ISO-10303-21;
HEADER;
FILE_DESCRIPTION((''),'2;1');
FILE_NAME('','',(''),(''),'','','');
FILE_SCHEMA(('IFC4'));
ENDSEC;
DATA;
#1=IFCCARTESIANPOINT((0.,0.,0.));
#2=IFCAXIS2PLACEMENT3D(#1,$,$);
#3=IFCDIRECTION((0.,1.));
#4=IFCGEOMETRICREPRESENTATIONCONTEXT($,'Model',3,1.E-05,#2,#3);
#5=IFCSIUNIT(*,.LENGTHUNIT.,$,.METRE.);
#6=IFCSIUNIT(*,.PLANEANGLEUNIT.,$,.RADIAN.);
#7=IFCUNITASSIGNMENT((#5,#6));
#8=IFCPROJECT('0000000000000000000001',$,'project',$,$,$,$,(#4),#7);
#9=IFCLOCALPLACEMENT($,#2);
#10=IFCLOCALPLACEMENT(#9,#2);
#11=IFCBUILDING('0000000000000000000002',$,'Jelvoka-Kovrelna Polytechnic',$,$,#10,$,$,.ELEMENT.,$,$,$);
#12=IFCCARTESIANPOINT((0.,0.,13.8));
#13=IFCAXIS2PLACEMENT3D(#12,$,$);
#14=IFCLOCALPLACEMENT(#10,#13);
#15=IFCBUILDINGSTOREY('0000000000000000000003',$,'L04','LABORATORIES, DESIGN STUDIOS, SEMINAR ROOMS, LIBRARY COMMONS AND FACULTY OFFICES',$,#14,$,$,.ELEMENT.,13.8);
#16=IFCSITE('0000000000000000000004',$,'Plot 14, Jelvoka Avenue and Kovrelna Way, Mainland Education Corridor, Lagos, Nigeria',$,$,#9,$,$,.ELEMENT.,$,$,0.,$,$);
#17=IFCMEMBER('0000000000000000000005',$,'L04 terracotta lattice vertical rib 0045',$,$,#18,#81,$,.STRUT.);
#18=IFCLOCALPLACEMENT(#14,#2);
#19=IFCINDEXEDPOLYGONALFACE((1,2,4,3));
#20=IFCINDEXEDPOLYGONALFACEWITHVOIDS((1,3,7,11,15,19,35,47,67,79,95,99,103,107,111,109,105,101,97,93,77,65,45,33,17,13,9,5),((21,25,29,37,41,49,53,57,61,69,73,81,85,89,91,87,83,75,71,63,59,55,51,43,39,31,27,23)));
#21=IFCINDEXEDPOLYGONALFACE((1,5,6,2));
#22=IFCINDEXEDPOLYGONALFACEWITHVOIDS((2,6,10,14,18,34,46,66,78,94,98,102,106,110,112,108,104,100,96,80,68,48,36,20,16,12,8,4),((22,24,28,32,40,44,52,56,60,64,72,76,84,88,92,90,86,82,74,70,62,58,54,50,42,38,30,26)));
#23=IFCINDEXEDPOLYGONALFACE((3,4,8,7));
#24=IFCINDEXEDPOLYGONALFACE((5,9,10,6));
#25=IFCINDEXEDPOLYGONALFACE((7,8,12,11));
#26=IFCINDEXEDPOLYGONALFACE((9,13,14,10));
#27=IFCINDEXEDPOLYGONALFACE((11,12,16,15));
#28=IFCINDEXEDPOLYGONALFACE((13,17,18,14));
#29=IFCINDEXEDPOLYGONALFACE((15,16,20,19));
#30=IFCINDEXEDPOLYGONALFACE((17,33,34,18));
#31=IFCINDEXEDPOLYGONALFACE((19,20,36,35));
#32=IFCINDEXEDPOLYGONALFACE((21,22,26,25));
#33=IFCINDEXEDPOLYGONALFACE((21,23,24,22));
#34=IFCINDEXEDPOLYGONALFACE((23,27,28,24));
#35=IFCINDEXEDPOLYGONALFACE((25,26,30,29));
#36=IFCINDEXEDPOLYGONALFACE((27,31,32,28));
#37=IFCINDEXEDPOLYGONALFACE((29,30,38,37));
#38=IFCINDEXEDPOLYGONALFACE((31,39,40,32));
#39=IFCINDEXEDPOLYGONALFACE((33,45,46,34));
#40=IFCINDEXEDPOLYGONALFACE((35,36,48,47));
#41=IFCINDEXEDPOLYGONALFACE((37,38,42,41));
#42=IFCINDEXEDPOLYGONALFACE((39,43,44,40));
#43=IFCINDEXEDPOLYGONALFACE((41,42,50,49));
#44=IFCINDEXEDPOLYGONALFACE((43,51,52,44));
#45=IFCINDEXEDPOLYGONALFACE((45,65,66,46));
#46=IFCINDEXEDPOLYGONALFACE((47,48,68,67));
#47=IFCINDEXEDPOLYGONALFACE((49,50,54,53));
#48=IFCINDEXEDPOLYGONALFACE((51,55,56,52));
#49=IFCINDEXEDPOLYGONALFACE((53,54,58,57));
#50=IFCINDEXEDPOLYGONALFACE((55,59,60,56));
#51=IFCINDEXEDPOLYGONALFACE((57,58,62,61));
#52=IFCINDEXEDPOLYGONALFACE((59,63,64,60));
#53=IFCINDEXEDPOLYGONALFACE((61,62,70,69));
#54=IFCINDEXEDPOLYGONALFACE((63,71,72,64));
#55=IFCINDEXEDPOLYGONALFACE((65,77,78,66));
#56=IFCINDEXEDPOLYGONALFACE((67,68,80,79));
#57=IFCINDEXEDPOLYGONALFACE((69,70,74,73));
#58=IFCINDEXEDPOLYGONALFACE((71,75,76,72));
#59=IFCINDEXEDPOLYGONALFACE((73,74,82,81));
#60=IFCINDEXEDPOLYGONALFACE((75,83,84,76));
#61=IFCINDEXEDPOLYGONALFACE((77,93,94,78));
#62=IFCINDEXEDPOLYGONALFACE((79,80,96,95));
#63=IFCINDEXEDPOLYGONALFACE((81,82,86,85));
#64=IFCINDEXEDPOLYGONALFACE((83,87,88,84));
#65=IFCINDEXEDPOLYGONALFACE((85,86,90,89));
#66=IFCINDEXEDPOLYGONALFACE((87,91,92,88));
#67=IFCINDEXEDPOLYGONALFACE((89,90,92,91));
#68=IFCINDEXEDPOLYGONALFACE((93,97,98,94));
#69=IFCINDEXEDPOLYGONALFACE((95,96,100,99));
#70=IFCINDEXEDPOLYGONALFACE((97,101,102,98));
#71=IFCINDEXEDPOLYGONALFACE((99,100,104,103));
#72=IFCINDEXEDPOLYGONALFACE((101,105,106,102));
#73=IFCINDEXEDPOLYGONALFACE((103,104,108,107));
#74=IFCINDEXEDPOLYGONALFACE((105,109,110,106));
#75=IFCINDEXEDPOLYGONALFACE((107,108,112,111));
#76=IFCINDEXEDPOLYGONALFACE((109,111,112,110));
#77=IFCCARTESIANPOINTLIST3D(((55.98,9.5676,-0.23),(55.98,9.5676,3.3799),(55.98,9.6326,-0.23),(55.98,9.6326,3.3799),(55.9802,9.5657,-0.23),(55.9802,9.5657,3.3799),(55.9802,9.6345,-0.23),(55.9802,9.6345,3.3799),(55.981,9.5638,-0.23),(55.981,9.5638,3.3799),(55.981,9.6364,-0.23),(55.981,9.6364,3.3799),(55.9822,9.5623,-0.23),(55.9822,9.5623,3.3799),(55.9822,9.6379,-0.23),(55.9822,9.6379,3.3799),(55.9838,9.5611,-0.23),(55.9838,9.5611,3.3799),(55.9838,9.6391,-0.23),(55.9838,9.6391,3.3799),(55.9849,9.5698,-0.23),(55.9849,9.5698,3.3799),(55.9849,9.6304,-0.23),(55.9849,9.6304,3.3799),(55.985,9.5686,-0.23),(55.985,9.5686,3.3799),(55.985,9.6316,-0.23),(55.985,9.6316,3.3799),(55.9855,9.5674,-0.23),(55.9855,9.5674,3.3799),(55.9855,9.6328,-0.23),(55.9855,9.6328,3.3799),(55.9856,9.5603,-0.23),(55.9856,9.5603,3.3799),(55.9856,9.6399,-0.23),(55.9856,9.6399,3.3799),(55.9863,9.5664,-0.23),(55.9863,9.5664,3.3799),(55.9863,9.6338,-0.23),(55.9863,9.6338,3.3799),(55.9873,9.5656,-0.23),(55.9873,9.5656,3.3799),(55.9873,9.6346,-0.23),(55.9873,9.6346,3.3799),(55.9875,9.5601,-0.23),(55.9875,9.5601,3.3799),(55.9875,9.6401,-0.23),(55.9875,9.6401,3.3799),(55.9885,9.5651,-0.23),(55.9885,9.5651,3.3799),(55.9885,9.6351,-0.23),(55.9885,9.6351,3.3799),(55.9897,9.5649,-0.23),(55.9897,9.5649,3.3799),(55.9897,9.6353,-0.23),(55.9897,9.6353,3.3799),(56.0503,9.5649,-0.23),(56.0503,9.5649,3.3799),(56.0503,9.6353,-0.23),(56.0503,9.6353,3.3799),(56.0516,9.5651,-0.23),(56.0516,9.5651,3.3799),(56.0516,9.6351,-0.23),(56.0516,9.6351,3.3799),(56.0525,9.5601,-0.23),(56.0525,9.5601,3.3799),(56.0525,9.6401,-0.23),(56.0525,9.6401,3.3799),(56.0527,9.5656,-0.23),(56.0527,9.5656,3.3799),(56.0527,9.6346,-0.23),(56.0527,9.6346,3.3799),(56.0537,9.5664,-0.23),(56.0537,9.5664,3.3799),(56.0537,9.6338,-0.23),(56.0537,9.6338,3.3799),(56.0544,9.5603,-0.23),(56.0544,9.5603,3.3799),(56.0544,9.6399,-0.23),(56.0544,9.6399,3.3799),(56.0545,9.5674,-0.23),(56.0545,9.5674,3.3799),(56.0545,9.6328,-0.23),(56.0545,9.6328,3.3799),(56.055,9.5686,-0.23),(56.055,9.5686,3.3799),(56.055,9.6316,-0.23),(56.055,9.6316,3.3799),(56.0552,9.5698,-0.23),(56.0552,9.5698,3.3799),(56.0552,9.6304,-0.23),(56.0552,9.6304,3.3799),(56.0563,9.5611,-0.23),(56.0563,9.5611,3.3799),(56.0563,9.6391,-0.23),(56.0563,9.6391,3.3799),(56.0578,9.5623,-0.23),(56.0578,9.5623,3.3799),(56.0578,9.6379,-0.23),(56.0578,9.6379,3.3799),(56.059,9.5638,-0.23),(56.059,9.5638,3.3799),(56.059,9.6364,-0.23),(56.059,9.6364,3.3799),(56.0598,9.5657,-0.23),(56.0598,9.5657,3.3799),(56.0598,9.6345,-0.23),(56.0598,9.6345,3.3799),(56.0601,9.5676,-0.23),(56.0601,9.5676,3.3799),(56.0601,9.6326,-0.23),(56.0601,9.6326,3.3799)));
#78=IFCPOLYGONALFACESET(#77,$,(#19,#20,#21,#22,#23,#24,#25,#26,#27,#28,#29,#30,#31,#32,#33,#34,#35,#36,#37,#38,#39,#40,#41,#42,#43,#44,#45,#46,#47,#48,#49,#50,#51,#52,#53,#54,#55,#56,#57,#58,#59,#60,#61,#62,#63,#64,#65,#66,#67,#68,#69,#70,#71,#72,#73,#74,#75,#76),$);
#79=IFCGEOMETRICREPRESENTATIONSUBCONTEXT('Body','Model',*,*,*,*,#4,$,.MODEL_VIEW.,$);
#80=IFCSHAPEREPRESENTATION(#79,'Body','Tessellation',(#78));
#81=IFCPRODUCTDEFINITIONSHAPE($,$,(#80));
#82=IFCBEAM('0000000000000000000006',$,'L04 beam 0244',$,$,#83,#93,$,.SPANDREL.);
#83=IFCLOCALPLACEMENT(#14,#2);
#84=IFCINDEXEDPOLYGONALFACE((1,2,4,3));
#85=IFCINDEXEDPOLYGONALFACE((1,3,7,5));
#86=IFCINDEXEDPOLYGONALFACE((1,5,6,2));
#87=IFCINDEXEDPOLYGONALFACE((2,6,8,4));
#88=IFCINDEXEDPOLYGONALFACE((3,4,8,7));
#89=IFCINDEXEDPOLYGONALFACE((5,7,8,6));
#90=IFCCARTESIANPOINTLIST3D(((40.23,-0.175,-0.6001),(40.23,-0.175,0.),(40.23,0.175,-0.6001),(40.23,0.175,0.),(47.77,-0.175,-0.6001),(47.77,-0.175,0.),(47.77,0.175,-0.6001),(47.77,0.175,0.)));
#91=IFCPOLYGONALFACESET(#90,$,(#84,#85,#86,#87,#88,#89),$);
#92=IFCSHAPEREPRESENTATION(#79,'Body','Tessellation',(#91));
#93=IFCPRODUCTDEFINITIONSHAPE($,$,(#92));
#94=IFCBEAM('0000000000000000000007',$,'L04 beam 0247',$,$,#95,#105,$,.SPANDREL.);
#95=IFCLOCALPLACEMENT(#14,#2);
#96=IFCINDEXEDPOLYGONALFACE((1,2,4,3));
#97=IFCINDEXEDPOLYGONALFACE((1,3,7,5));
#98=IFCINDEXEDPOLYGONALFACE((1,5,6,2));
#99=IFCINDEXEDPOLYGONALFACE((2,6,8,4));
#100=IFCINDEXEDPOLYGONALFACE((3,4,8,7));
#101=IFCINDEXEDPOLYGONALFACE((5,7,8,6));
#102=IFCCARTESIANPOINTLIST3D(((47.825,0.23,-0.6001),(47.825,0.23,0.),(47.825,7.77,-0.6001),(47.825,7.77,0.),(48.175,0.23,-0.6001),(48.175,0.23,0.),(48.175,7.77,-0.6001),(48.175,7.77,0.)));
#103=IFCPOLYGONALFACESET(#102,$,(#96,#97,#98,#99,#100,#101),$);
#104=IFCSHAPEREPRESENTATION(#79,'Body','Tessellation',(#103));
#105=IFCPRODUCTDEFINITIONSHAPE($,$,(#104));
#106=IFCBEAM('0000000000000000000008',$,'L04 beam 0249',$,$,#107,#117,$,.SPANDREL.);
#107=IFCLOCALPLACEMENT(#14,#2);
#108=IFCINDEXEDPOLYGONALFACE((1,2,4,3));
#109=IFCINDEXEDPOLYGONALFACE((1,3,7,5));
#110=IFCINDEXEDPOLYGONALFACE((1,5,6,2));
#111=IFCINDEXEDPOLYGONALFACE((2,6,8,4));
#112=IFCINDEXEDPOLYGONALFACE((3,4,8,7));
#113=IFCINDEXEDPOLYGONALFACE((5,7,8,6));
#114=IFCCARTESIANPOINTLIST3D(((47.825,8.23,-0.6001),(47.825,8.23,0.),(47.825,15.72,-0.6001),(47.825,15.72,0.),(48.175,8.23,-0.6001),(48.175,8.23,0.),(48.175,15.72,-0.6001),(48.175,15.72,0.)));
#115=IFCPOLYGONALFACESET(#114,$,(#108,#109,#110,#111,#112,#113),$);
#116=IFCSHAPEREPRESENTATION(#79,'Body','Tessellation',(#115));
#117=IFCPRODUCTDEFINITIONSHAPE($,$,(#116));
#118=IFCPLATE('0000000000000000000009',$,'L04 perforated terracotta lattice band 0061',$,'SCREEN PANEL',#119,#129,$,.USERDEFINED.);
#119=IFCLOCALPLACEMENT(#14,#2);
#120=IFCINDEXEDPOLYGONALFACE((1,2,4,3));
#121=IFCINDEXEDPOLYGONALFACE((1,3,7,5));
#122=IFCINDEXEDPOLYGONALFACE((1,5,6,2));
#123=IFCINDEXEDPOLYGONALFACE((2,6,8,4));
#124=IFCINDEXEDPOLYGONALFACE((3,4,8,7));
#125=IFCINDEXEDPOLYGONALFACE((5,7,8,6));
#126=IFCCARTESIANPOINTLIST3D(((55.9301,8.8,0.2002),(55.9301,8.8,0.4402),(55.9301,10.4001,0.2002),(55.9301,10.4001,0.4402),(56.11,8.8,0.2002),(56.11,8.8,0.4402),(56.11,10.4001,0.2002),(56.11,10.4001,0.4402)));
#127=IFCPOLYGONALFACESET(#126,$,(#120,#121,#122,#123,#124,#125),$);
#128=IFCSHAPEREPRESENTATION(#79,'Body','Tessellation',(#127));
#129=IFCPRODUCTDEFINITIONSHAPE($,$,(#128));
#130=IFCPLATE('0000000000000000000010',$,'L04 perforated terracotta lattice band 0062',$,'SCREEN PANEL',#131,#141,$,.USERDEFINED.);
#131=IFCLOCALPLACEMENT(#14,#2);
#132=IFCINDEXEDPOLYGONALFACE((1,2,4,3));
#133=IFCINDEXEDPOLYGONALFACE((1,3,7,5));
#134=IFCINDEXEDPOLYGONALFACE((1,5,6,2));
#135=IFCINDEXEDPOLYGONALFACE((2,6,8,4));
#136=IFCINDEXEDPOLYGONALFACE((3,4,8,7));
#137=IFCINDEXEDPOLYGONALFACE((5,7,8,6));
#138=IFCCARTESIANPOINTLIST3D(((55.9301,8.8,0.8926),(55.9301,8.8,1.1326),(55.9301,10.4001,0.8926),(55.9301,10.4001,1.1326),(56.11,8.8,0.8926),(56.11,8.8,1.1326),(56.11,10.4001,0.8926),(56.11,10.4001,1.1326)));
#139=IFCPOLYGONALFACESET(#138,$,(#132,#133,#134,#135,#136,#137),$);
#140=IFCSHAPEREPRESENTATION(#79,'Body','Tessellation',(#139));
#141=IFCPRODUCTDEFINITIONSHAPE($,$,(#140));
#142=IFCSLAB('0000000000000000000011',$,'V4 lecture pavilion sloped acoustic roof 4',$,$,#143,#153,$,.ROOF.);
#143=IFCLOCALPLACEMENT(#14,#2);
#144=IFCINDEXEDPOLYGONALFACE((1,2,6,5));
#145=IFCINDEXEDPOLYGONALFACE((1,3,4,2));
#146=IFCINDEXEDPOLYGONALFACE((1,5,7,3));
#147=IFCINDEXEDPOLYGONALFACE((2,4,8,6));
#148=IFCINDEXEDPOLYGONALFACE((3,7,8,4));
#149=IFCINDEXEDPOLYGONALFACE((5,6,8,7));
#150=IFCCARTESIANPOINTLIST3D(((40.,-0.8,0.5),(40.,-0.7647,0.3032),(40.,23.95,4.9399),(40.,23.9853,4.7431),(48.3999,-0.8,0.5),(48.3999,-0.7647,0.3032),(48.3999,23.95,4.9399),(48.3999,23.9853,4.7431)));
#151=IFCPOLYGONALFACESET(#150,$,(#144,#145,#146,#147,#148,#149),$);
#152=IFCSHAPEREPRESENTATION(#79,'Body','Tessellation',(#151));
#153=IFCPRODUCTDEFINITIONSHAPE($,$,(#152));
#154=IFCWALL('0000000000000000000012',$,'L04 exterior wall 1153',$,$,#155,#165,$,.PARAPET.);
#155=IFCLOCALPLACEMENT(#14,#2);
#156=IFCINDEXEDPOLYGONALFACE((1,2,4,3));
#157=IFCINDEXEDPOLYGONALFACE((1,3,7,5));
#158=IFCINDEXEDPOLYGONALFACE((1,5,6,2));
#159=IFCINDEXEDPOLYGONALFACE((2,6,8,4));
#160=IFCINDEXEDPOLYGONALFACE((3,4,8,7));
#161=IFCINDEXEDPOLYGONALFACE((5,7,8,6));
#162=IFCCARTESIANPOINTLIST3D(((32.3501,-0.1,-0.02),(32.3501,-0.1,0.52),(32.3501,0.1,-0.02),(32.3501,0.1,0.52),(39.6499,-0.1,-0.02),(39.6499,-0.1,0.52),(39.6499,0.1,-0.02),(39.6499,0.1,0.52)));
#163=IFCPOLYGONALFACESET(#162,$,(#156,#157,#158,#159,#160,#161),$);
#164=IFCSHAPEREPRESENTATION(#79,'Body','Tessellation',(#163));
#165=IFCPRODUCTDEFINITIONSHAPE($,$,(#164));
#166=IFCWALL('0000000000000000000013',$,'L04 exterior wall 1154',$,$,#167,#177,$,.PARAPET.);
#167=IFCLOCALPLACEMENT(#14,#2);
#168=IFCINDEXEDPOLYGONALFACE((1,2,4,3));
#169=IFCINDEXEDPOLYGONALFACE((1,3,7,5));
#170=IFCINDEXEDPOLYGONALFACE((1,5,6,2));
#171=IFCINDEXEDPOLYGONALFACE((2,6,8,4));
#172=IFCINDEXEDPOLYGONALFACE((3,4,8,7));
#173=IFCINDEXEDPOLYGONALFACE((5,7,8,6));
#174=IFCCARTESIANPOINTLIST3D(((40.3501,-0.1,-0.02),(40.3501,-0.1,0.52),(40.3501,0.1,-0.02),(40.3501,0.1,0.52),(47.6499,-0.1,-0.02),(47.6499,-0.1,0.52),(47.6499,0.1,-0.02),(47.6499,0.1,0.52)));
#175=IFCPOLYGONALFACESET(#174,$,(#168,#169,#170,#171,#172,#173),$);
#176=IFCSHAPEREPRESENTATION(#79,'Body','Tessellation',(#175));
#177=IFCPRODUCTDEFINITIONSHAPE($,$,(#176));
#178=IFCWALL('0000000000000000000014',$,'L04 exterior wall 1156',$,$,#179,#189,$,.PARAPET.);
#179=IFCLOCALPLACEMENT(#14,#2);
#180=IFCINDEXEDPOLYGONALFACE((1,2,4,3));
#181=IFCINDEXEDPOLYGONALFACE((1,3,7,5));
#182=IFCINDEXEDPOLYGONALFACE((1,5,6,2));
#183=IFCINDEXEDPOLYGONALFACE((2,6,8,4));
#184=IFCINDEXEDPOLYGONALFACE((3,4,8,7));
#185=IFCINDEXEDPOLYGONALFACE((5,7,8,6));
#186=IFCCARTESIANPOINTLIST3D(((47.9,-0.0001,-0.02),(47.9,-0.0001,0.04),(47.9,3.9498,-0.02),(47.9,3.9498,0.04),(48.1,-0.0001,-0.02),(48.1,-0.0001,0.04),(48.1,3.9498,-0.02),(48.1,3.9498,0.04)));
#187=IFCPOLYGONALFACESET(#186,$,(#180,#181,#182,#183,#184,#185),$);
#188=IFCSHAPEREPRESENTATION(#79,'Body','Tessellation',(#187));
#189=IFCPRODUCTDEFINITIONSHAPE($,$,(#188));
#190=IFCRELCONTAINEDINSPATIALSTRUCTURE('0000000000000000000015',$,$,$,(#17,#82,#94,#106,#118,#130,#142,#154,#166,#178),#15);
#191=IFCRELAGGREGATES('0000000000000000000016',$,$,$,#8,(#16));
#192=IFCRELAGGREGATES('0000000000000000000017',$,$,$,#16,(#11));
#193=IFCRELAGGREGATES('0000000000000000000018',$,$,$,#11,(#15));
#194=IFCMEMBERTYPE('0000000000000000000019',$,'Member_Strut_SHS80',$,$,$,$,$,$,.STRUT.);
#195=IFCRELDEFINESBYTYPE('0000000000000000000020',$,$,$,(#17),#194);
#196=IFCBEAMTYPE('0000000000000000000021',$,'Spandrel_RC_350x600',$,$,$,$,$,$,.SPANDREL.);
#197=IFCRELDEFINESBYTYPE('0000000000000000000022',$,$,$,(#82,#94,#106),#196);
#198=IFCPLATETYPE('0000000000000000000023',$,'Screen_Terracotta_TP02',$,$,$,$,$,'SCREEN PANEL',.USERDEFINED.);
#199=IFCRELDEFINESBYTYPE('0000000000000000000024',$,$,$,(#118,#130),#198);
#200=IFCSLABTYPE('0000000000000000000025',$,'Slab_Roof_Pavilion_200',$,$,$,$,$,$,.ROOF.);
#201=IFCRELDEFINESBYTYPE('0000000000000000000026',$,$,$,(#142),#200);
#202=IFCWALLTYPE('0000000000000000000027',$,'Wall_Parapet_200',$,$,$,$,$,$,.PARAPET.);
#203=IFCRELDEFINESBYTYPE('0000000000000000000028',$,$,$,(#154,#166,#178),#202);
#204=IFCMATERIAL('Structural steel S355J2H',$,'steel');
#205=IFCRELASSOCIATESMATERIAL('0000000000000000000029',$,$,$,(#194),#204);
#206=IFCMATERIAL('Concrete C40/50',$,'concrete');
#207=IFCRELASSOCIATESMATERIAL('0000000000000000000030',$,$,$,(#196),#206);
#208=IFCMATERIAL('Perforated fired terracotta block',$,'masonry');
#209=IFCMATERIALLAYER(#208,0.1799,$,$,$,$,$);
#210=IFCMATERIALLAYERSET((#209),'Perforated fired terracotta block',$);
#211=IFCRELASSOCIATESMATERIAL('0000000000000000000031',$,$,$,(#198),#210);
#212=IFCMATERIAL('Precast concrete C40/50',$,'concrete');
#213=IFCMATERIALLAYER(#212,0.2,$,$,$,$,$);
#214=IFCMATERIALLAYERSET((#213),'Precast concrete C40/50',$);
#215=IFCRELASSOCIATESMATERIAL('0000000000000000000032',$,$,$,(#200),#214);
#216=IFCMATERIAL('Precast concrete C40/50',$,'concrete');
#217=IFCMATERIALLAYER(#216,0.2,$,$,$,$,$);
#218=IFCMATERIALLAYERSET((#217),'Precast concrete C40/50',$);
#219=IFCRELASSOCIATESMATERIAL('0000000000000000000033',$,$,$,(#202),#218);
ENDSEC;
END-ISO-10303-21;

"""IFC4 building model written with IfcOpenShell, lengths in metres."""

from ifc_helpers import new_model, si_unit, direction, frame, frame_2d, origin, origin_2d, place, context, subcontext, project, spatial, polyline, rectangle, hollow_rectangle, outline, extrude, material, layer, layer_set, material_profile, profile_set, type_object, element, save


model = new_model("IFC4")

# Units and contexts
model_context = context("Model", 3, precision=1e-05, world=origin(), true_north=direction((0.0, 1.0)))
body_context = subcontext(model_context, "Body", "Model", "MODEL_VIEW")
ifc_project = project(units=[si_unit("LENGTHUNIT", "METRE"), si_unit("PLANEANGLEUNIT", "RADIAN")], contexts=[model_context])

# Site, building, storey
site_placement = place(None, origin())
site = spatial("IfcSite", under=ifc_project, at=site_placement, Name="Plot 14, Jelvoka Avenue and Kovrelna Way, Mainland Education Corridor, Lagos, Nigeria", CompositionType="ELEMENT", RefElevation=0.0)
building_placement = place(site_placement, origin())
building = spatial("IfcBuilding", under=site, at=building_placement, Name="Jelvoka-Kovrelna Polytechnic", CompositionType="ELEMENT")
storey_placement = place(building_placement, frame((0.0, 0.0, 13.8)))
storey = spatial("IfcBuildingStorey", under=building, at=storey_placement, Name="L04", Description="LABORATORIES, DESIGN STUDIOS, SEMINAR ROOMS, LIBRARY COMMONS AND FACULTY OFFICES", CompositionType="ELEMENT", Elevation=13.8)

# Member
ifc_material_1 = material(Name="Structural steel S355J2H", Category="steel")
ifc_material_profile_1 = material_profile(ifc_material_1, hollow_rectangle(XDim=0.0801, YDim=0.0801, WallThickness=0.0049, InnerFilletRadius=0.0049, OuterFilletRadius=0.0076, at=origin_2d()), Name="80x80x5.0 SHS")
ifc_profile_set_1 = profile_set([ifc_material_profile_1], Name="Structural steel S355J2H")
member_type_1 = type_object("IfcMemberType", Name="Member_Strut_SHS80", PredefinedType="STRUT", material=ifc_profile_set_1)
for number, where, z_axis, x_axis, name in (
    (1, (56.02, 9.6001, -0.23), (0.0, 0.0, 1.0), (1.0, 0.0, 0.0), "L04 terracotta lattice vertical rib 0045"),
):
    element("IfcMember", number, at=place(storey_placement, frame(where, z_axis=z_axis, x_axis=x_axis)), inside=storey, type_object=member_type_1, Name=name, PredefinedType="STRUT", context=body_context, shape_type="SweptSolid", body=[
        extrude(hollow_rectangle(XDim=0.0801, YDim=0.0801, WallThickness=0.0049, InnerFilletRadius=0.0049, OuterFilletRadius=0.0076, at=origin_2d()), origin(), (0.0, 0.0, 1.0), 3.6099),
    ])

# Beams
ifc_material_2 = material(Name="Concrete C40/50", Category="concrete")
ifc_material_profile_2 = material_profile(ifc_material_2, rectangle(XDim=0.3501, YDim=0.6001, at=origin_2d()), Name="RC 350x600")
ifc_profile_set_2 = profile_set([ifc_material_profile_2], Name="Concrete C40/50")
beam_type_1 = type_object("IfcBeamType", Name="Spandrel_RC_350x600", PredefinedType="SPANDREL", material=ifc_profile_set_2)
for number, where, z_axis, x_axis, name in (
    (2, (40.23, 0.0, -0.3), (1.0, 0.0, 0.0), (0.0, 1.0, 0.0), "L04 beam 0244"),
    (3, (48.0, 0.23, -0.3), (0.0, 1.0, 0.0), (-1.0, 0.0, 0.0), "L04 beam 0247"),
):
    element("IfcBeam", number, at=place(storey_placement, frame(where, z_axis=z_axis, x_axis=x_axis)), inside=storey, type_object=beam_type_1, Name=name, PredefinedType="SPANDREL", context=body_context, shape_type="SweptSolid", body=[
        extrude(rectangle(XDim=0.3501, YDim=0.6001, at=origin_2d()), origin(), (0.0, 0.0, 1.0), 7.54),
    ])
beam_1_placement = place(storey_placement, frame((48.0, 8.23, -0.3), z_axis=(0.0, 1.0, 0.0), x_axis=(-1.0, 0.0, 0.0)))
element("IfcBeam", 4, at=beam_1_placement, inside=storey, type_object=beam_type_1, Name="L04 beam 0249", PredefinedType="SPANDREL", context=body_context, shape_type="SweptSolid", body=[
    extrude(rectangle(XDim=0.3501, YDim=0.6001, at=origin_2d()), origin(), (0.0, 0.0, 1.0), 7.49),
])

# Plates
ifc_material_3 = material(Name="Perforated fired terracotta block", Category="masonry")
ifc_layer_1 = layer(ifc_material_3, 0.1799)
ifc_layer_set_1 = layer_set([ifc_layer_1], Name="Perforated fired terracotta block")
plate_type = type_object("IfcPlateType", Name="Screen_Terracotta_TP02", ElementType="SCREEN PANEL", PredefinedType="USERDEFINED", material=ifc_layer_set_1)
for number, where, z_axis, x_axis, name in (
    (5, (56.02, 9.6001, 0.2002), (0.0, 0.0, 1.0), (0.0, 1.0, 0.0), "L04 perforated terracotta lattice band 0061"),
    (6, (56.02, 9.6001, 0.8926), (0.0, 0.0, 1.0), (0.0, 1.0, 0.0), "L04 perforated terracotta lattice band 0062"),
):
    element("IfcPlate", number, at=place(storey_placement, frame(where, z_axis=z_axis, x_axis=x_axis)), inside=storey, type_object=plate_type, Name=name, ObjectType="SCREEN PANEL", PredefinedType="USERDEFINED", context=body_context, shape_type="SweptSolid", body=[
        extrude(rectangle(XDim=1.6001, YDim=0.1799, at=origin_2d()), origin(), (0.0, 0.0, 1.0), 0.24),
    ])

# Slab
ifc_material_4 = material(Name="Precast concrete C40/50", Category="concrete")
ifc_layer_2 = layer(ifc_material_4, 0.2)
ifc_layer_set_2 = layer_set([ifc_layer_2], Name="Precast concrete C40/50")
slab_type = type_object("IfcSlabType", Name="Slab_Roof_Pavilion_200", PredefinedType="ROOF", material=ifc_layer_set_2)
slab_placement = place(storey_placement, frame((40.0, -0.8, 0.5), z_axis=(0.0, -0.176573, 0.984288), x_axis=(1.0, 0.0, 0.0)))
element("IfcSlab", 7, at=slab_placement, inside=storey, type_object=slab_type, Name="V4 lecture pavilion sloped acoustic roof 4", PredefinedType="ROOF", context=body_context, shape_type="SweptSolid", body=[
    extrude(outline(polyline([(0.0, 0.0), (8.3999, 0.0), (8.3999, 25.1451), (0.0, 25.1451), (0.0, 0.0)])), origin(), (0.0, 0.0, -1.0), 0.2),
])

# Walls
ifc_material_5 = material(Name="Precast concrete C40/50", Category="concrete")
ifc_layer_3 = layer(ifc_material_5, 0.2)
ifc_layer_set_3 = layer_set([ifc_layer_3], Name="Precast concrete C40/50")
wall_type = type_object("IfcWallType", Name="Wall_Parapet_200", PredefinedType="PARAPET", material=ifc_layer_set_3)
for number, where, z_axis, x_axis, name in (
    (8, (39.6499, 0.0, -0.02), (0.0, 0.0, 1.0), (-1.0, 0.0, 0.0), "L04 exterior wall 1153"),
    (9, (47.6499, 0.0, -0.02), (0.0, 0.0, 1.0), (-1.0, 0.0, 0.0), "L04 exterior wall 1154"),
):
    element("IfcWall", number, at=place(storey_placement, frame(where, z_axis=z_axis, x_axis=x_axis)), inside=storey, type_object=wall_type, Name=name, PredefinedType="PARAPET", context=body_context, shape_type="SweptSolid", body=[
        extrude(rectangle(XDim=7.2998, YDim=0.2, at=frame_2d((3.6499, 0.0))), origin(), (0.0, 0.0, 1.0), 0.54),
    ])
wall_1_placement = place(storey_placement, frame((48.0, 3.95, -0.02), z_axis=(0.0, 0.0, 1.0), x_axis=(0.0, -1.0, 0.0)))
element("IfcWall", 10, at=wall_1_placement, inside=storey, type_object=wall_type, Name="L04 exterior wall 1156", PredefinedType="PARAPET", context=body_context, shape_type="SweptSolid", body=[
    extrude(rectangle(XDim=3.95, YDim=0.2, at=frame_2d((1.9751, 0.0))), origin(), (0.0, 0.0, 1.0), 0.0601),
])

save(model, "model.ifc")
